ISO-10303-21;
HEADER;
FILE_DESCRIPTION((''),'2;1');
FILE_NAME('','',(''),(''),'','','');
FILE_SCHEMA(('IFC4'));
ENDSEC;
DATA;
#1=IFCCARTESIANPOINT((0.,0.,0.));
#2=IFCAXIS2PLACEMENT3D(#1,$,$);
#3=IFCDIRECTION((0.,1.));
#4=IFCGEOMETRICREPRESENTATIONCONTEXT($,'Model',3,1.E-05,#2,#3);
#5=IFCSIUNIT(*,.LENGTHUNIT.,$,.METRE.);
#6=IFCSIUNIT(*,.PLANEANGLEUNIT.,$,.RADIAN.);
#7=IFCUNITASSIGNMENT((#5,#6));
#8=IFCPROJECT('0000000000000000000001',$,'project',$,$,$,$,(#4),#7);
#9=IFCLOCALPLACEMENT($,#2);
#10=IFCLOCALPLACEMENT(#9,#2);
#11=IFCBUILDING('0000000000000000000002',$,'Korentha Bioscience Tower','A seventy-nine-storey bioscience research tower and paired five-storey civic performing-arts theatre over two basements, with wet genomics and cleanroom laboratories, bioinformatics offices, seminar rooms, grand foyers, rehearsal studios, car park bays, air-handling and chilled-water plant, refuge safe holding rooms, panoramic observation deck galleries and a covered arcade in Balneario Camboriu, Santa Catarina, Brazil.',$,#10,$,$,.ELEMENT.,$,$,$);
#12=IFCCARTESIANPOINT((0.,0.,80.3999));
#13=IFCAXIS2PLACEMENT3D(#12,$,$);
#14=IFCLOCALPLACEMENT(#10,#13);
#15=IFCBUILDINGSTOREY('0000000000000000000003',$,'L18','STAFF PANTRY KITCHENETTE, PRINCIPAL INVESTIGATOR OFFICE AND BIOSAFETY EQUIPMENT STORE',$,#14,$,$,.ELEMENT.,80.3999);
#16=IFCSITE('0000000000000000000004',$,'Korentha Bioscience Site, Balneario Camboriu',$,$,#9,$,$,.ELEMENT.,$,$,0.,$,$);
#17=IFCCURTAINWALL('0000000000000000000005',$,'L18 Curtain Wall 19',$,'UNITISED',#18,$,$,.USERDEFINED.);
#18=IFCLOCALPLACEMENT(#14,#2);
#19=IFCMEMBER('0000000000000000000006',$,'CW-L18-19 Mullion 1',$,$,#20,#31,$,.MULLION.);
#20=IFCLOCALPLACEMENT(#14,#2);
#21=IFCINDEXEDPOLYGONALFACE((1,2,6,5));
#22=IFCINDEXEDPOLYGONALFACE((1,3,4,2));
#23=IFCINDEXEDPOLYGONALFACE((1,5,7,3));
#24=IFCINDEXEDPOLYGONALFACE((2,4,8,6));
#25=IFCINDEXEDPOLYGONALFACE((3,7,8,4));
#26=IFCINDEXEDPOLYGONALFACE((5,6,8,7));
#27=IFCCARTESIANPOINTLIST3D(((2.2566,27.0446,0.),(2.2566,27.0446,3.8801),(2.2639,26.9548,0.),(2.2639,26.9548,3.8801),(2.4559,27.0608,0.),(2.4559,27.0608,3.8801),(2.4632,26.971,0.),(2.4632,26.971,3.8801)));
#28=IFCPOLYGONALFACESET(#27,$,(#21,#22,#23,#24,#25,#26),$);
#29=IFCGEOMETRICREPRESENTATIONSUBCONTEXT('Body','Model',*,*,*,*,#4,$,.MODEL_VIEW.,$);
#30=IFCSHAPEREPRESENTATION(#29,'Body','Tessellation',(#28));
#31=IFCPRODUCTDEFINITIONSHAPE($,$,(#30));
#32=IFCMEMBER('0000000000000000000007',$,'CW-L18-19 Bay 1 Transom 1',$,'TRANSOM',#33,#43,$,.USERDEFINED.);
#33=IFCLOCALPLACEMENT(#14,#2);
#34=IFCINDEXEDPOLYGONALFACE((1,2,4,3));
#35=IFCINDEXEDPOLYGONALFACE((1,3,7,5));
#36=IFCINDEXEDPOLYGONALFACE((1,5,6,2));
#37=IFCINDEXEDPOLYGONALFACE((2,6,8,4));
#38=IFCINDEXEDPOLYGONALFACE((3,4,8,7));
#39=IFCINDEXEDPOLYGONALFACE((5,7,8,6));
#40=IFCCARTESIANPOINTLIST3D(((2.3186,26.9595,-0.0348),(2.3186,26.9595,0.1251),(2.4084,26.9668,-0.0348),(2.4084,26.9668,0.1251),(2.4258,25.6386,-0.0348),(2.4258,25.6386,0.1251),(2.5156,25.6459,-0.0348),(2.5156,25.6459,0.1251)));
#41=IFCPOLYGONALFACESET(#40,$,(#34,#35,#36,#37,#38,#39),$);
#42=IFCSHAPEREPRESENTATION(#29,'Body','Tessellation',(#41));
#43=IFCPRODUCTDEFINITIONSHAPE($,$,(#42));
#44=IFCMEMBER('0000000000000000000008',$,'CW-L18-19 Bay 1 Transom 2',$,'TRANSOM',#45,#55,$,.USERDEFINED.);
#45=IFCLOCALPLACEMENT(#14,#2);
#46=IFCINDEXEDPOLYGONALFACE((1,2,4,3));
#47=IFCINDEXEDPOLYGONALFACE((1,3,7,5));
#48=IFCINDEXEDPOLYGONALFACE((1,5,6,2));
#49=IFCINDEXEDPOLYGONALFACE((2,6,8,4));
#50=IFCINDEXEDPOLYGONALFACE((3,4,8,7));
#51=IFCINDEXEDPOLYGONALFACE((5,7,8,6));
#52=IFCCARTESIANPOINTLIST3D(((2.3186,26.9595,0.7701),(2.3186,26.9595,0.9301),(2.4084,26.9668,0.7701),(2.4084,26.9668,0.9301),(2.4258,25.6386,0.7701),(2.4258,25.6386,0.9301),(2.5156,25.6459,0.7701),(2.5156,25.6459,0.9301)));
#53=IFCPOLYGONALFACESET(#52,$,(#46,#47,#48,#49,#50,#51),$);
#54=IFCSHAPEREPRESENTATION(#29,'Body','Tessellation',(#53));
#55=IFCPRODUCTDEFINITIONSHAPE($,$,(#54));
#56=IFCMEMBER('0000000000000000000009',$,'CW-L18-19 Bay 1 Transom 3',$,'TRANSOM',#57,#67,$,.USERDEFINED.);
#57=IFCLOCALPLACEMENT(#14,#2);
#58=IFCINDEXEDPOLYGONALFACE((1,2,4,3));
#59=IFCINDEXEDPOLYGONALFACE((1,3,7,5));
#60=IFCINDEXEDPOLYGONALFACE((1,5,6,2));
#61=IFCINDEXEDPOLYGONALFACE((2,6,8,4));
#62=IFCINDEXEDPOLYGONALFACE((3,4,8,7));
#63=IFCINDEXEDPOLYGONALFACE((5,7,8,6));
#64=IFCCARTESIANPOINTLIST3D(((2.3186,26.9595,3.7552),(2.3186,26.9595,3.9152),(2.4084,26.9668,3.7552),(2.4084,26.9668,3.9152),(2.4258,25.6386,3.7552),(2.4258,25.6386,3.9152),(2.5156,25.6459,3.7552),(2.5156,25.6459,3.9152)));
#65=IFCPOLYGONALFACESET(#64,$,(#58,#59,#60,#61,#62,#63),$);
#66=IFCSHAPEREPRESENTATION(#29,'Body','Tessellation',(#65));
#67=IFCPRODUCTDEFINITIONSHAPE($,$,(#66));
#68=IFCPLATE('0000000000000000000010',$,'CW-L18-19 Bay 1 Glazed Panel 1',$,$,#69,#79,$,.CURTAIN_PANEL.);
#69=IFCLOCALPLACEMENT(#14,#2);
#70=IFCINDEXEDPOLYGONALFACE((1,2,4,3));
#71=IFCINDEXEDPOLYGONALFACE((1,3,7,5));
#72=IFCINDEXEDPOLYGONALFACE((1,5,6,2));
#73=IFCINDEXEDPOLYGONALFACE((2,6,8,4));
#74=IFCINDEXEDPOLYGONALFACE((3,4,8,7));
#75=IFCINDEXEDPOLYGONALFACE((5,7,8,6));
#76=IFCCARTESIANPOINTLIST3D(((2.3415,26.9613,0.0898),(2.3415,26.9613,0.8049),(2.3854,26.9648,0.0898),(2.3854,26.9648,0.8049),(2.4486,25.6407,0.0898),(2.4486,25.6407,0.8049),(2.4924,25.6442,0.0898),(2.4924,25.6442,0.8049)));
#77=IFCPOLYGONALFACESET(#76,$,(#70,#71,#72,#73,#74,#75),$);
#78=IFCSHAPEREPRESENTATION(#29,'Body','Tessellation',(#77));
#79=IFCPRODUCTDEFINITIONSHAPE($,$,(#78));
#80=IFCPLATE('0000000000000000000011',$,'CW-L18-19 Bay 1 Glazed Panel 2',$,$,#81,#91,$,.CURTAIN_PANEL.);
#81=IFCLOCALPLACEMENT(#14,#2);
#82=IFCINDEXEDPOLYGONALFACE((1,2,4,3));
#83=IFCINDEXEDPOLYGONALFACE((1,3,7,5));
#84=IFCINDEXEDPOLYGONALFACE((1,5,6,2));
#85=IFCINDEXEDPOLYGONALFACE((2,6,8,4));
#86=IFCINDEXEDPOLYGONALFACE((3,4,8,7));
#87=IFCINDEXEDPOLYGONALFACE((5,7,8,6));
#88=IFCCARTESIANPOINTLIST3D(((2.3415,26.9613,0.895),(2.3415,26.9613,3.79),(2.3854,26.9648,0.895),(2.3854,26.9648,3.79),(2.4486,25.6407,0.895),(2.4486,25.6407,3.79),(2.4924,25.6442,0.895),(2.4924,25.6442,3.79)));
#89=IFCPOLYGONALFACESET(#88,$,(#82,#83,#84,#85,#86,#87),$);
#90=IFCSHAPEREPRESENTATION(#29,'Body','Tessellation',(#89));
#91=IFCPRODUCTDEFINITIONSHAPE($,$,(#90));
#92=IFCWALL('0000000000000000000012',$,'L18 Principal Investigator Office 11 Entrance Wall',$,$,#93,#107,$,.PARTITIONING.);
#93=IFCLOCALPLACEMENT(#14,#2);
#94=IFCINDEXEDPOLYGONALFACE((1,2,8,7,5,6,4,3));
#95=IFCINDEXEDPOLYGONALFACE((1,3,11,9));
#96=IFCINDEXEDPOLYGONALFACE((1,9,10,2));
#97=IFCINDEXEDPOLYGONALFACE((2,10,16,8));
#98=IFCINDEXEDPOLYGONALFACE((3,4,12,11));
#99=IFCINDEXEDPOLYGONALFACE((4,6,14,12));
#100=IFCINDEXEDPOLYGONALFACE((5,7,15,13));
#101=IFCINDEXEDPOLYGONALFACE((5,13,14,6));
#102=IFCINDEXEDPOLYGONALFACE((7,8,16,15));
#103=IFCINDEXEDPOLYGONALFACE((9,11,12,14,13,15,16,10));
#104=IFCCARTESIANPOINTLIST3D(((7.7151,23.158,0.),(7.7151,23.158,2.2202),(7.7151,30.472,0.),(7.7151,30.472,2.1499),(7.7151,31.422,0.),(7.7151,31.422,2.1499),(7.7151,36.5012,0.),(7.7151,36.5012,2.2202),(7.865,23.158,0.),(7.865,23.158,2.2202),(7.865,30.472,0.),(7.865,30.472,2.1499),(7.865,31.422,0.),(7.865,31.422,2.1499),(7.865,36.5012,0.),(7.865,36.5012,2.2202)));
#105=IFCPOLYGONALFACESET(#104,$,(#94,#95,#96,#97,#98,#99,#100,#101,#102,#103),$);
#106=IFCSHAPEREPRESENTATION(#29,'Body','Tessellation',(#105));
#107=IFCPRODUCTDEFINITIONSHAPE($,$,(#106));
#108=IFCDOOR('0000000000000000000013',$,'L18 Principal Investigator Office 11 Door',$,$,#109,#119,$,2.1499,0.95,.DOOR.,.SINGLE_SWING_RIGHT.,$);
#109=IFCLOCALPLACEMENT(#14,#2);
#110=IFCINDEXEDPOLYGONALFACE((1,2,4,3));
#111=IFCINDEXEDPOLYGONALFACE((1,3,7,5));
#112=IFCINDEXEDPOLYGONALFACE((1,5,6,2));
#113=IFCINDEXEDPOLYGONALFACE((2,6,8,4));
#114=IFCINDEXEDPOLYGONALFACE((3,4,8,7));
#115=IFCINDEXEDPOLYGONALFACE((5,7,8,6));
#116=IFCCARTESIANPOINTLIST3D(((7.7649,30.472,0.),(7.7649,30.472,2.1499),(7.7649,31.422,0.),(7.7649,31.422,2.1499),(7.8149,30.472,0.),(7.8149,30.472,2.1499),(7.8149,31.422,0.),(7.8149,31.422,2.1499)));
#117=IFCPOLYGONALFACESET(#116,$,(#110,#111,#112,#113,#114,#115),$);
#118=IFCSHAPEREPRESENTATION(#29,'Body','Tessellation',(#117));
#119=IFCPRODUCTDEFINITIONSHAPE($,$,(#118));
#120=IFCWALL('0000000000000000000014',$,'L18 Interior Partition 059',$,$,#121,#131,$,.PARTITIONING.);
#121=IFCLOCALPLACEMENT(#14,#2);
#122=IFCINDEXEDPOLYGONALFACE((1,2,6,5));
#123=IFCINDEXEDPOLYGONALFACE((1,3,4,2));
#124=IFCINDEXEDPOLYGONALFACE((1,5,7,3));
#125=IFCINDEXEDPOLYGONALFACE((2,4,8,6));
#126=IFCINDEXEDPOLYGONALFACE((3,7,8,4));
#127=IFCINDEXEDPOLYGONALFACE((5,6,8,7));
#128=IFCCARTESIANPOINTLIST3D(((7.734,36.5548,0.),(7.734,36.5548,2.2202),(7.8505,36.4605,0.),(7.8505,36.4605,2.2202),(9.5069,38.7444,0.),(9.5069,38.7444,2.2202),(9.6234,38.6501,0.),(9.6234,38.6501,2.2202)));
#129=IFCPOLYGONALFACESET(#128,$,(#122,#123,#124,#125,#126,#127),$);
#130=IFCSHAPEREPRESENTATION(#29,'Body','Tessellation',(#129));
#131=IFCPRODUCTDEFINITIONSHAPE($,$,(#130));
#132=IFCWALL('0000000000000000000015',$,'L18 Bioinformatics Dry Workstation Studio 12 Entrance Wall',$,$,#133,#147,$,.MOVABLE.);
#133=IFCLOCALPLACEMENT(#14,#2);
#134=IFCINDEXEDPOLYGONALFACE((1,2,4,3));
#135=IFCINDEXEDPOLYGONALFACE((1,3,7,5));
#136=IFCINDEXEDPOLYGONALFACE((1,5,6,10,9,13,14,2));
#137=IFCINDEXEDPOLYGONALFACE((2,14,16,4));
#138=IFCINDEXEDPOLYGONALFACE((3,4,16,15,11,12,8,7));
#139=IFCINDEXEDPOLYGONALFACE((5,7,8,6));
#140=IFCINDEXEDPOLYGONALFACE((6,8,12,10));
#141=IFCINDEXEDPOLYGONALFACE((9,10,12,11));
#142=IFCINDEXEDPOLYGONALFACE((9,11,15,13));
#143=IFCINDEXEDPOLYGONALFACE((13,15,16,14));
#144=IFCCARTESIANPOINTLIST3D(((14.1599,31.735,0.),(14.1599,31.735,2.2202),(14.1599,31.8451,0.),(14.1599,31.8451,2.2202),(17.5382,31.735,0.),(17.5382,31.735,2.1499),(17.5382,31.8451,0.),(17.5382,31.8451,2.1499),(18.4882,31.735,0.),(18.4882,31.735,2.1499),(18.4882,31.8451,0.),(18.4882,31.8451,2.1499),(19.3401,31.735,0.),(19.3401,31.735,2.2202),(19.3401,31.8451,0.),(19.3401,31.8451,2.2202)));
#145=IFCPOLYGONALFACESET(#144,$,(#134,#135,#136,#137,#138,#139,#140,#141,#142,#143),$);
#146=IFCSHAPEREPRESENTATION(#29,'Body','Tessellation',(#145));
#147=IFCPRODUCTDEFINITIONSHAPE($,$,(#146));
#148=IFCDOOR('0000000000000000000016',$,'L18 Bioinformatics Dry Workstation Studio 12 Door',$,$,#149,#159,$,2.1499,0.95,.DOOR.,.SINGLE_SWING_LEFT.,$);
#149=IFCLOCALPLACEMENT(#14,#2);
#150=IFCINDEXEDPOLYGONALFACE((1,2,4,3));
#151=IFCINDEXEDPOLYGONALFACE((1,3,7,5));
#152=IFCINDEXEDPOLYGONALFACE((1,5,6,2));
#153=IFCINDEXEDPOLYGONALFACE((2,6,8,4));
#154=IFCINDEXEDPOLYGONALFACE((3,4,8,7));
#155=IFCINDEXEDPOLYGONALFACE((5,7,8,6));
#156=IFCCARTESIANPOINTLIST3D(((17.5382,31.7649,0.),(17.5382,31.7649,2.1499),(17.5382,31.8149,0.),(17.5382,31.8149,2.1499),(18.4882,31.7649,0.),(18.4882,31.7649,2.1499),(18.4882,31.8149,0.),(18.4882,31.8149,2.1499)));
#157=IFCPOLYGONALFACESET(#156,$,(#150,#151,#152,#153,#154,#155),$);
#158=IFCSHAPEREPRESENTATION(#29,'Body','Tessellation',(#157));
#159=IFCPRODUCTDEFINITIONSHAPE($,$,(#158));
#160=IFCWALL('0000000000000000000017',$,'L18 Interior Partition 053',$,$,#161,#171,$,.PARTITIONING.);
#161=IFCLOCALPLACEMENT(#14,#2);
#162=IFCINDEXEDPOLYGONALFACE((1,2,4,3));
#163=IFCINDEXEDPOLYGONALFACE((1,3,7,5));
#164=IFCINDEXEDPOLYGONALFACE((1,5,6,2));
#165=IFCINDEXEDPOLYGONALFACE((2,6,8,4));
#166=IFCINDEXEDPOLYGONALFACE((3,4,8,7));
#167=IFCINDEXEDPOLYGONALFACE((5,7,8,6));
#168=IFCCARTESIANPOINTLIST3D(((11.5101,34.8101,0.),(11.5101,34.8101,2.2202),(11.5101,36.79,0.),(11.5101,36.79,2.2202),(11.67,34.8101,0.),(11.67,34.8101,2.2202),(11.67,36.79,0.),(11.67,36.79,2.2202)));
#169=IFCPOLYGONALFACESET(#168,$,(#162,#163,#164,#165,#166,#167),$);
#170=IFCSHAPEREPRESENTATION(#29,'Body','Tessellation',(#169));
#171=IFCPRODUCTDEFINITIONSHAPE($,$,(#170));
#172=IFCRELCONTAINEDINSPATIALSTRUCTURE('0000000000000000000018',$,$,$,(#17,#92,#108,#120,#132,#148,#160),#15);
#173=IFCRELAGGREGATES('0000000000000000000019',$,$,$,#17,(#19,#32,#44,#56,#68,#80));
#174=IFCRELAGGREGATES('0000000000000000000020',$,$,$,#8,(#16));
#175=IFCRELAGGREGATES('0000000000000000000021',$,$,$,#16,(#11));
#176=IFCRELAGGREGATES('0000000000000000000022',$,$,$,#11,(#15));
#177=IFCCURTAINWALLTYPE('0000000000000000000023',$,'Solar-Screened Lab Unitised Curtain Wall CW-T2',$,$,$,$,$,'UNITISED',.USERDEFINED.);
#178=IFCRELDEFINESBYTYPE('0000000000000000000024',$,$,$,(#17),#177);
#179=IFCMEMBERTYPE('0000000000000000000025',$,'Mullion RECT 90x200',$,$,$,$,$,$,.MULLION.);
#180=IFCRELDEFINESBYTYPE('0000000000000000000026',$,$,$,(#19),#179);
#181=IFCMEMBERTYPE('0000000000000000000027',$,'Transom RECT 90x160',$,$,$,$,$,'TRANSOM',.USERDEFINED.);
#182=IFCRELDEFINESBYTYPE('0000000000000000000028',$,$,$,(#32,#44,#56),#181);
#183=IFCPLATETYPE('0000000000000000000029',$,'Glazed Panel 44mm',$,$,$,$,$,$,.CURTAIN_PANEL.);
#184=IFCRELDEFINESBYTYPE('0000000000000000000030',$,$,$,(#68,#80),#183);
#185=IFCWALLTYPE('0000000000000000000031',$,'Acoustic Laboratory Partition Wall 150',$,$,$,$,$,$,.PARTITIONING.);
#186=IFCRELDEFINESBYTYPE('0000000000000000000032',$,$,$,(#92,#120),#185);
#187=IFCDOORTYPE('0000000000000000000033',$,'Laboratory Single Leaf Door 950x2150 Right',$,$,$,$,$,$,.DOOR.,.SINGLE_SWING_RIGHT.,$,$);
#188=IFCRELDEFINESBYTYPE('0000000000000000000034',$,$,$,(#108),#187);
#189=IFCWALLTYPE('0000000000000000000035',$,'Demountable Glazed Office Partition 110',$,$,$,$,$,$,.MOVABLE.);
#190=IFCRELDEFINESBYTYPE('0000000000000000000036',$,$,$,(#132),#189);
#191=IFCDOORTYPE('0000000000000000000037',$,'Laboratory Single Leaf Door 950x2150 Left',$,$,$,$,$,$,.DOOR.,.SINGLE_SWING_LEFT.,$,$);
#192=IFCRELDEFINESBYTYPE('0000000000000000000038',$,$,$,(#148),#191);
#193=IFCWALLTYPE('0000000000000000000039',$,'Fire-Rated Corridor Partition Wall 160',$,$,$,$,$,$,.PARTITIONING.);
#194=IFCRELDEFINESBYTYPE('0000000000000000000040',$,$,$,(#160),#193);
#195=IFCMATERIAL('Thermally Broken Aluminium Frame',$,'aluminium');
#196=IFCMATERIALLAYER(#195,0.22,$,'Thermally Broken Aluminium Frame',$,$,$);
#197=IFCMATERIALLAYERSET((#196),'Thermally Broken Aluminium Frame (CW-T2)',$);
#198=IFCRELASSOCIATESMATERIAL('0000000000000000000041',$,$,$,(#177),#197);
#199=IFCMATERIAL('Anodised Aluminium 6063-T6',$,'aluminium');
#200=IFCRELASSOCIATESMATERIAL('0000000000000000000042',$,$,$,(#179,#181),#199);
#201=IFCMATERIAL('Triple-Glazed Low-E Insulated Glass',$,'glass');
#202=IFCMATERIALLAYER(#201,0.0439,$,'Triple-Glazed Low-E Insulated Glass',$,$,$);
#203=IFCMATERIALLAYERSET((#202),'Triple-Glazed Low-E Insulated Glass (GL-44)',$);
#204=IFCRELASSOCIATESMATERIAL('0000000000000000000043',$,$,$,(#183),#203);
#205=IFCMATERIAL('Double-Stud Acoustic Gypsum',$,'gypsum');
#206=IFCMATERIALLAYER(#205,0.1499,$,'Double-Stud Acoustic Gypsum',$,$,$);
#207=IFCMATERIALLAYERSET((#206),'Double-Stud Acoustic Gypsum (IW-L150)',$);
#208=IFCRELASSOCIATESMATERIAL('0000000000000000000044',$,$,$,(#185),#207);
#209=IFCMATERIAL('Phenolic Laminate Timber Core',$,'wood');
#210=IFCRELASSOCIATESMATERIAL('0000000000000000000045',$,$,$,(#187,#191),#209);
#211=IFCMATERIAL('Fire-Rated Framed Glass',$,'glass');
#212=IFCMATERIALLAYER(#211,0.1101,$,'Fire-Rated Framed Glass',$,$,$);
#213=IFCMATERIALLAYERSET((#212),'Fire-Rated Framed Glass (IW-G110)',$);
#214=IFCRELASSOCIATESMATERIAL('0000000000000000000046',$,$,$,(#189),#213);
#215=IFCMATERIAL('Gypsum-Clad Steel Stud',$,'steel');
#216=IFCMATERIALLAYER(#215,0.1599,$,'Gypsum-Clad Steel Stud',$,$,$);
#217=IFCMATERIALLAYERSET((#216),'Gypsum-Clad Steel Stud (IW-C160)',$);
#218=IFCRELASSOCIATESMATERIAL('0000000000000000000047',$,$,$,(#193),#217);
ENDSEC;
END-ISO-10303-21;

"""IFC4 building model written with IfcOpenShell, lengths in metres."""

from ifc_helpers import new_model, si_unit, direction, frame, frame_2d, origin, origin_2d, place, context, subcontext, project, spatial, rectangle, extrude, material, layer, layer_set, material_profile, profile_set, type_object, element, fill, aggregate, save


model = new_model("IFC4")

# Units and contexts
model_context = context("Model", 3, precision=1e-05, world=origin(), true_north=direction((0.0, 1.0)))
body_context = subcontext(model_context, "Body", "Model", "MODEL_VIEW")
ifc_project = project(units=[si_unit("LENGTHUNIT", "METRE"), si_unit("PLANEANGLEUNIT", "RADIAN")], contexts=[model_context])

# Site, building, storey
site_placement = place(None, origin())
site = spatial("IfcSite", under=ifc_project, at=site_placement, Name="Korentha Bioscience Site, Balneario Camboriu", CompositionType="ELEMENT", RefElevation=0.0)
building_placement = place(site_placement, origin())
building = spatial("IfcBuilding", under=site, at=building_placement, Name="Korentha Bioscience Tower", Description="A seventy-nine-storey bioscience research tower and paired five-storey civic performing-arts theatre over two basements, with wet genomics and cleanroom laboratories, bioinformatics offices, seminar rooms, grand foyers, rehearsal studios, car park bays, air-handling and chilled-water plant, refuge safe holding rooms, panoramic observation deck galleries and a covered arcade in Balneario Camboriu, Santa Catarina, Brazil.", CompositionType="ELEMENT")
storey_placement = place(building_placement, frame((0.0, 0.0, 80.3999)))
storey = spatial("IfcBuildingStorey", under=building, at=storey_placement, Name="L18", Description="STAFF PANTRY KITCHENETTE, PRINCIPAL INVESTIGATOR OFFICE AND BIOSAFETY EQUIPMENT STORE", CompositionType="ELEMENT", Elevation=80.3999)

# Curtain wall, members, plates
ifc_material_1 = material(Name="Thermally Broken Aluminium Frame", Category="aluminium")
ifc_layer_1 = layer(ifc_material_1, 0.22, Name="Thermally Broken Aluminium Frame")
ifc_layer_set_1 = layer_set([ifc_layer_1], Name="Thermally Broken Aluminium Frame (CW-T2)")
curtain_wall_type = type_object("IfcCurtainWallType", Name="Solar-Screened Lab Unitised Curtain Wall CW-T2", ElementType="UNITISED", PredefinedType="USERDEFINED", material=ifc_layer_set_1)
curtain_wall_placement = place(storey_placement, origin())
curtain_wall = element("IfcCurtainWall", 1, at=curtain_wall_placement, inside=storey, type_object=curtain_wall_type, Name="L18 Curtain Wall 19", ObjectType="UNITISED", PredefinedType="USERDEFINED")
ifc_material_2 = material(Name="Anodised Aluminium 6063-T6", Category="aluminium")
ifc_material_profile_1 = material_profile(ifc_material_2, rectangle(XDim=0.0901, YDim=0.2, at=origin_2d()), Name="Anodised Aluminium 6063-T6")
ifc_profile_set_1 = profile_set([ifc_material_profile_1], Name="Anodised Aluminium 6063-T6 (CW-MUL)")
member_type_1 = type_object("IfcMemberType", Name="Mullion RECT 90x200", PredefinedType="MULLION", material=ifc_profile_set_1)
member_1_placement = place(storey_placement, frame((2.3599, 27.0078, 0.0), z_axis=(0.0, 0.0, 1.0), x_axis=(0.08082, -0.996729, 0.0)))
member_1 = element("IfcMember", 2, at=member_1_placement, type_object=member_type_1, Name="CW-L18-19 Mullion 1", PredefinedType="MULLION", context=body_context, shape_type="SweptSolid", body=[
    extrude(rectangle(XDim=0.0901, YDim=0.2, at=origin_2d()), origin(), (0.0, 0.0, 1.0), 3.8801),
])
ifc_material_profile_2 = material_profile(ifc_material_2, rectangle(XDim=0.0901, YDim=0.1599, at=origin_2d()), Name="Anodised Aluminium 6063-T6")
ifc_profile_set_2 = profile_set([ifc_material_profile_2], Name="Anodised Aluminium 6063-T6 (CW-TRN)")
member_type_2 = type_object("IfcMemberType", Name="Transom RECT 90x160", ElementType="TRANSOM", PredefinedType="USERDEFINED", material=ifc_profile_set_2)
member_2_placement = place(storey_placement, frame((2.3635, 26.9631, 0.0452), z_axis=(0.08088, -0.996724, 0.0), x_axis=(0.996724, 0.08088, 0.0)))
member_2 = element("IfcMember", 3, at=member_2_placement, type_object=member_type_2, Name="CW-L18-19 Bay 1 Transom 1", ObjectType="TRANSOM", PredefinedType="USERDEFINED", context=body_context, shape_type="SweptSolid", body=[
    extrude(rectangle(XDim=0.0901, YDim=0.1599, at=origin_2d()), origin(), (0.0, 0.0, 1.0), 1.3252),
])
member_3_placement = place(storey_placement, frame((2.3635, 26.9631, 0.8501), z_axis=(0.08088, -0.996724, 0.0), x_axis=(0.996724, 0.08088, 0.0)))
member_3 = element("IfcMember", 4, at=member_3_placement, type_object=member_type_2, Name="CW-L18-19 Bay 1 Transom 2", ObjectType="TRANSOM", PredefinedType="USERDEFINED", context=body_context, shape_type="SweptSolid", body=[
    extrude(rectangle(XDim=0.0901, YDim=0.1599, at=origin_2d()), origin(), (0.0, 0.0, 1.0), 1.3252),
])
member_4_placement = place(storey_placement, frame((2.3635, 26.9631, 3.8352), z_axis=(0.08088, -0.996724, 0.0), x_axis=(0.996724, 0.08088, 0.0)))
member_4 = element("IfcMember", 5, at=member_4_placement, type_object=member_type_2, Name="CW-L18-19 Bay 1 Transom 3", ObjectType="TRANSOM", PredefinedType="USERDEFINED", context=body_context, shape_type="SweptSolid", body=[
    extrude(rectangle(XDim=0.0901, YDim=0.1599, at=origin_2d()), origin(), (0.0, 0.0, 1.0), 1.3252),
])
ifc_material_3 = material(Name="Triple-Glazed Low-E Insulated Glass", Category="glass")
ifc_layer_2 = layer(ifc_material_3, 0.0439, Name="Triple-Glazed Low-E Insulated Glass")
ifc_layer_set_2 = layer_set([ifc_layer_2], Name="Triple-Glazed Low-E Insulated Glass (GL-44)")
plate_type = type_object("IfcPlateType", Name="Glazed Panel 44mm", PredefinedType="CURTAIN_PANEL", material=ifc_layer_set_2)
plate_1_placement = place(storey_placement, frame((2.417, 26.3027, 0.0898), z_axis=(0.0, 0.0, 1.0), x_axis=(0.08082, -0.996729, 0.0)))
plate_1 = element("IfcPlate", 6, at=plate_1_placement, type_object=plate_type, Name="CW-L18-19 Bay 1 Glazed Panel 1", PredefinedType="CURTAIN_PANEL", context=body_context, shape_type="SweptSolid", body=[
    extrude(rectangle(XDim=1.325, YDim=0.0439, at=origin_2d()), origin(), (0.0, 0.0, 1.0), 0.7151),
])
plate_2_placement = place(storey_placement, frame((2.417, 26.3027, 0.895), z_axis=(0.0, 0.0, 1.0), x_axis=(0.08082, -0.996729, 0.0)))
plate_2 = element("IfcPlate", 7, at=plate_2_placement, type_object=plate_type, Name="CW-L18-19 Bay 1 Glazed Panel 2", PredefinedType="CURTAIN_PANEL", context=body_context, shape_type="SweptSolid", body=[
    extrude(rectangle(XDim=1.325, YDim=0.0439, at=origin_2d()), origin(), (0.0, 0.0, 1.0), 2.895),
])
aggregate(curtain_wall, [member_1, member_2, member_3, member_4, plate_1, plate_2])

# Wall, opening, door
ifc_material_4 = material(Name="Double-Stud Acoustic Gypsum", Category="gypsum")
ifc_layer_3 = layer(ifc_material_4, 0.1499, Name="Double-Stud Acoustic Gypsum")
ifc_layer_set_3 = layer_set([ifc_layer_3], Name="Double-Stud Acoustic Gypsum (IW-L150)")
wall_type_1 = type_object("IfcWallType", Name="Acoustic Laboratory Partition Wall 150", PredefinedType="PARTITIONING", material=ifc_layer_set_3)
wall_1_placement = place(storey_placement, frame((7.79, 36.5012, 0.0), z_axis=(0.0, 0.0, 1.0), x_axis=(0.0, -1.0, 0.0)))
wall_1 = element("IfcWall", 8, at=wall_1_placement, inside=storey, type_object=wall_type_1, Name="L18 Principal Investigator Office 11 Entrance Wall", PredefinedType="PARTITIONING", context=body_context, shape_type="SweptSolid", body=[
    extrude(rectangle(XDim=13.3433, YDim=0.1499, at=frame_2d((6.6716, 0.0))), origin(), (0.0, 0.0, 1.0), 2.2202),
])
opening_1_placement = place(wall_1_placement, frame((5.0791, 0.0, 0.0)))
opening_1 = element("IfcOpeningElement", 9, at=opening_1_placement, cuts=wall_1, PredefinedType="OPENING", context=body_context, shape_type="SweptSolid", body=[
    extrude(rectangle(XDim=0.95, YDim=2.1499, at=frame_2d((0.4751, 1.075))), frame((0.0, 0.0898, 0.0), z_axis=(0.0, -1.0, 0.0), x_axis=(1.0, 0.0, 0.0)), (0.0, 0.0, 1.0), 0.1797),
])
ifc_material_5 = material(Name="Phenolic Laminate Timber Core", Category="wood")
door_type_1 = type_object("IfcDoorType", Name="Laboratory Single Leaf Door 950x2150 Right", OperationType="SINGLE_SWING_RIGHT", PredefinedType="DOOR", material=ifc_material_5)
door_1_placement = place(opening_1_placement, origin())
door_1 = element("IfcDoor", 10, at=door_1_placement, inside=storey, type_object=door_type_1, Name="L18 Principal Investigator Office 11 Door", OperationType="SINGLE_SWING_RIGHT", OverallHeight=2.1499, OverallWidth=0.95, PredefinedType="DOOR", context=body_context, shape_type="SweptSolid", body=[
    extrude(rectangle(XDim=0.95, YDim=2.1499, at=frame_2d((0.4751, 1.075))), frame((0.0, 0.0249, 0.0), z_axis=(0.0, -1.0, 0.0), x_axis=(1.0, 0.0, 0.0)), (0.0, 0.0, 1.0), 0.05),
])
fill(opening_1, door_1)

# Wall
wall_2_placement = place(storey_placement, frame((9.5652, 38.6973, 0.0), z_axis=(0.0, 0.0, 1.0), x_axis=(-0.629271, -0.777186, 0.0)))
element("IfcWall", 11, at=wall_2_placement, inside=storey, type_object=wall_type_1, Name="L18 Interior Partition 059", PredefinedType="PARTITIONING", context=body_context, shape_type="SweptSolid", body=[
    extrude(rectangle(XDim=2.8174, YDim=0.1499, at=frame_2d((1.4087, 0.0))), origin(), (0.0, 0.0, 1.0), 2.2202),
])

# Wall, opening, door
ifc_material_6 = material(Name="Fire-Rated Framed Glass", Category="glass")
ifc_layer_4 = layer(ifc_material_6, 0.1101, Name="Fire-Rated Framed Glass")
ifc_layer_set_4 = layer_set([ifc_layer_4], Name="Fire-Rated Framed Glass (IW-G110)")
wall_type_2 = type_object("IfcWallType", Name="Demountable Glazed Office Partition 110", PredefinedType="MOVABLE", material=ifc_layer_set_4)
wall_3_placement = place(storey_placement, frame((14.1599, 31.79, 0.0), z_axis=(0.0, 0.0, 1.0), x_axis=(1.0, 0.0, 0.0)))
wall_3 = element("IfcWall", 12, at=wall_3_placement, inside=storey, type_object=wall_type_2, Name="L18 Bioinformatics Dry Workstation Studio 12 Entrance Wall", PredefinedType="MOVABLE", context=body_context, shape_type="SweptSolid", body=[
    extrude(rectangle(XDim=5.1802, YDim=0.1101, at=frame_2d((2.5901, 0.0))), origin(), (0.0, 0.0, 1.0), 2.2202),
])
opening_2_placement = place(wall_3_placement, frame((3.3782, 0.0, 0.0)))
opening_2 = element("IfcOpeningElement", 13, at=opening_2_placement, cuts=wall_3, PredefinedType="OPENING", context=body_context, shape_type="SweptSolid", body=[
    extrude(rectangle(XDim=0.95, YDim=2.1499, at=frame_2d((0.4751, 1.075))), frame((0.0, 0.0698, 0.0), z_axis=(0.0, -1.0, 0.0), x_axis=(1.0, 0.0, 0.0)), (0.0, 0.0, 1.0), 0.1399),
])
door_type_2 = type_object("IfcDoorType", Name="Laboratory Single Leaf Door 950x2150 Left", OperationType="SINGLE_SWING_LEFT", PredefinedType="DOOR", material=ifc_material_5)
door_2_placement = place(opening_2_placement, origin())
door_2 = element("IfcDoor", 14, at=door_2_placement, inside=storey, type_object=door_type_2, Name="L18 Bioinformatics Dry Workstation Studio 12 Door", OperationType="SINGLE_SWING_LEFT", OverallHeight=2.1499, OverallWidth=0.95, PredefinedType="DOOR", context=body_context, shape_type="SweptSolid", body=[
    extrude(rectangle(XDim=0.95, YDim=2.1499, at=frame_2d((0.4751, 1.075))), frame((0.0, 0.0249, 0.0), z_axis=(0.0, -1.0, 0.0), x_axis=(1.0, 0.0, 0.0)), (0.0, 0.0, 1.0), 0.05),
])
fill(opening_2, door_2)

# Wall
ifc_material_7 = material(Name="Gypsum-Clad Steel Stud", Category="steel")
ifc_layer_5 = layer(ifc_material_7, 0.1599, Name="Gypsum-Clad Steel Stud")
ifc_layer_set_5 = layer_set([ifc_layer_5], Name="Gypsum-Clad Steel Stud (IW-C160)")
wall_type_3 = type_object("IfcWallType", Name="Fire-Rated Corridor Partition Wall 160", PredefinedType="PARTITIONING", material=ifc_layer_set_5)
wall_4_placement = place(storey_placement, frame((11.5901, 34.8101, 0.0), z_axis=(0.0, 0.0, 1.0), x_axis=(0.0, 1.0, 0.0)))
element("IfcWall", 15, at=wall_4_placement, inside=storey, type_object=wall_type_3, Name="L18 Interior Partition 053", PredefinedType="PARTITIONING", context=body_context, shape_type="SweptSolid", body=[
    extrude(rectangle(XDim=1.98, YDim=0.1599, at=frame_2d((0.99, 0.0))), origin(), (0.0, 0.0, 1.0), 2.2202),
])

save(model, "model.ifc")
